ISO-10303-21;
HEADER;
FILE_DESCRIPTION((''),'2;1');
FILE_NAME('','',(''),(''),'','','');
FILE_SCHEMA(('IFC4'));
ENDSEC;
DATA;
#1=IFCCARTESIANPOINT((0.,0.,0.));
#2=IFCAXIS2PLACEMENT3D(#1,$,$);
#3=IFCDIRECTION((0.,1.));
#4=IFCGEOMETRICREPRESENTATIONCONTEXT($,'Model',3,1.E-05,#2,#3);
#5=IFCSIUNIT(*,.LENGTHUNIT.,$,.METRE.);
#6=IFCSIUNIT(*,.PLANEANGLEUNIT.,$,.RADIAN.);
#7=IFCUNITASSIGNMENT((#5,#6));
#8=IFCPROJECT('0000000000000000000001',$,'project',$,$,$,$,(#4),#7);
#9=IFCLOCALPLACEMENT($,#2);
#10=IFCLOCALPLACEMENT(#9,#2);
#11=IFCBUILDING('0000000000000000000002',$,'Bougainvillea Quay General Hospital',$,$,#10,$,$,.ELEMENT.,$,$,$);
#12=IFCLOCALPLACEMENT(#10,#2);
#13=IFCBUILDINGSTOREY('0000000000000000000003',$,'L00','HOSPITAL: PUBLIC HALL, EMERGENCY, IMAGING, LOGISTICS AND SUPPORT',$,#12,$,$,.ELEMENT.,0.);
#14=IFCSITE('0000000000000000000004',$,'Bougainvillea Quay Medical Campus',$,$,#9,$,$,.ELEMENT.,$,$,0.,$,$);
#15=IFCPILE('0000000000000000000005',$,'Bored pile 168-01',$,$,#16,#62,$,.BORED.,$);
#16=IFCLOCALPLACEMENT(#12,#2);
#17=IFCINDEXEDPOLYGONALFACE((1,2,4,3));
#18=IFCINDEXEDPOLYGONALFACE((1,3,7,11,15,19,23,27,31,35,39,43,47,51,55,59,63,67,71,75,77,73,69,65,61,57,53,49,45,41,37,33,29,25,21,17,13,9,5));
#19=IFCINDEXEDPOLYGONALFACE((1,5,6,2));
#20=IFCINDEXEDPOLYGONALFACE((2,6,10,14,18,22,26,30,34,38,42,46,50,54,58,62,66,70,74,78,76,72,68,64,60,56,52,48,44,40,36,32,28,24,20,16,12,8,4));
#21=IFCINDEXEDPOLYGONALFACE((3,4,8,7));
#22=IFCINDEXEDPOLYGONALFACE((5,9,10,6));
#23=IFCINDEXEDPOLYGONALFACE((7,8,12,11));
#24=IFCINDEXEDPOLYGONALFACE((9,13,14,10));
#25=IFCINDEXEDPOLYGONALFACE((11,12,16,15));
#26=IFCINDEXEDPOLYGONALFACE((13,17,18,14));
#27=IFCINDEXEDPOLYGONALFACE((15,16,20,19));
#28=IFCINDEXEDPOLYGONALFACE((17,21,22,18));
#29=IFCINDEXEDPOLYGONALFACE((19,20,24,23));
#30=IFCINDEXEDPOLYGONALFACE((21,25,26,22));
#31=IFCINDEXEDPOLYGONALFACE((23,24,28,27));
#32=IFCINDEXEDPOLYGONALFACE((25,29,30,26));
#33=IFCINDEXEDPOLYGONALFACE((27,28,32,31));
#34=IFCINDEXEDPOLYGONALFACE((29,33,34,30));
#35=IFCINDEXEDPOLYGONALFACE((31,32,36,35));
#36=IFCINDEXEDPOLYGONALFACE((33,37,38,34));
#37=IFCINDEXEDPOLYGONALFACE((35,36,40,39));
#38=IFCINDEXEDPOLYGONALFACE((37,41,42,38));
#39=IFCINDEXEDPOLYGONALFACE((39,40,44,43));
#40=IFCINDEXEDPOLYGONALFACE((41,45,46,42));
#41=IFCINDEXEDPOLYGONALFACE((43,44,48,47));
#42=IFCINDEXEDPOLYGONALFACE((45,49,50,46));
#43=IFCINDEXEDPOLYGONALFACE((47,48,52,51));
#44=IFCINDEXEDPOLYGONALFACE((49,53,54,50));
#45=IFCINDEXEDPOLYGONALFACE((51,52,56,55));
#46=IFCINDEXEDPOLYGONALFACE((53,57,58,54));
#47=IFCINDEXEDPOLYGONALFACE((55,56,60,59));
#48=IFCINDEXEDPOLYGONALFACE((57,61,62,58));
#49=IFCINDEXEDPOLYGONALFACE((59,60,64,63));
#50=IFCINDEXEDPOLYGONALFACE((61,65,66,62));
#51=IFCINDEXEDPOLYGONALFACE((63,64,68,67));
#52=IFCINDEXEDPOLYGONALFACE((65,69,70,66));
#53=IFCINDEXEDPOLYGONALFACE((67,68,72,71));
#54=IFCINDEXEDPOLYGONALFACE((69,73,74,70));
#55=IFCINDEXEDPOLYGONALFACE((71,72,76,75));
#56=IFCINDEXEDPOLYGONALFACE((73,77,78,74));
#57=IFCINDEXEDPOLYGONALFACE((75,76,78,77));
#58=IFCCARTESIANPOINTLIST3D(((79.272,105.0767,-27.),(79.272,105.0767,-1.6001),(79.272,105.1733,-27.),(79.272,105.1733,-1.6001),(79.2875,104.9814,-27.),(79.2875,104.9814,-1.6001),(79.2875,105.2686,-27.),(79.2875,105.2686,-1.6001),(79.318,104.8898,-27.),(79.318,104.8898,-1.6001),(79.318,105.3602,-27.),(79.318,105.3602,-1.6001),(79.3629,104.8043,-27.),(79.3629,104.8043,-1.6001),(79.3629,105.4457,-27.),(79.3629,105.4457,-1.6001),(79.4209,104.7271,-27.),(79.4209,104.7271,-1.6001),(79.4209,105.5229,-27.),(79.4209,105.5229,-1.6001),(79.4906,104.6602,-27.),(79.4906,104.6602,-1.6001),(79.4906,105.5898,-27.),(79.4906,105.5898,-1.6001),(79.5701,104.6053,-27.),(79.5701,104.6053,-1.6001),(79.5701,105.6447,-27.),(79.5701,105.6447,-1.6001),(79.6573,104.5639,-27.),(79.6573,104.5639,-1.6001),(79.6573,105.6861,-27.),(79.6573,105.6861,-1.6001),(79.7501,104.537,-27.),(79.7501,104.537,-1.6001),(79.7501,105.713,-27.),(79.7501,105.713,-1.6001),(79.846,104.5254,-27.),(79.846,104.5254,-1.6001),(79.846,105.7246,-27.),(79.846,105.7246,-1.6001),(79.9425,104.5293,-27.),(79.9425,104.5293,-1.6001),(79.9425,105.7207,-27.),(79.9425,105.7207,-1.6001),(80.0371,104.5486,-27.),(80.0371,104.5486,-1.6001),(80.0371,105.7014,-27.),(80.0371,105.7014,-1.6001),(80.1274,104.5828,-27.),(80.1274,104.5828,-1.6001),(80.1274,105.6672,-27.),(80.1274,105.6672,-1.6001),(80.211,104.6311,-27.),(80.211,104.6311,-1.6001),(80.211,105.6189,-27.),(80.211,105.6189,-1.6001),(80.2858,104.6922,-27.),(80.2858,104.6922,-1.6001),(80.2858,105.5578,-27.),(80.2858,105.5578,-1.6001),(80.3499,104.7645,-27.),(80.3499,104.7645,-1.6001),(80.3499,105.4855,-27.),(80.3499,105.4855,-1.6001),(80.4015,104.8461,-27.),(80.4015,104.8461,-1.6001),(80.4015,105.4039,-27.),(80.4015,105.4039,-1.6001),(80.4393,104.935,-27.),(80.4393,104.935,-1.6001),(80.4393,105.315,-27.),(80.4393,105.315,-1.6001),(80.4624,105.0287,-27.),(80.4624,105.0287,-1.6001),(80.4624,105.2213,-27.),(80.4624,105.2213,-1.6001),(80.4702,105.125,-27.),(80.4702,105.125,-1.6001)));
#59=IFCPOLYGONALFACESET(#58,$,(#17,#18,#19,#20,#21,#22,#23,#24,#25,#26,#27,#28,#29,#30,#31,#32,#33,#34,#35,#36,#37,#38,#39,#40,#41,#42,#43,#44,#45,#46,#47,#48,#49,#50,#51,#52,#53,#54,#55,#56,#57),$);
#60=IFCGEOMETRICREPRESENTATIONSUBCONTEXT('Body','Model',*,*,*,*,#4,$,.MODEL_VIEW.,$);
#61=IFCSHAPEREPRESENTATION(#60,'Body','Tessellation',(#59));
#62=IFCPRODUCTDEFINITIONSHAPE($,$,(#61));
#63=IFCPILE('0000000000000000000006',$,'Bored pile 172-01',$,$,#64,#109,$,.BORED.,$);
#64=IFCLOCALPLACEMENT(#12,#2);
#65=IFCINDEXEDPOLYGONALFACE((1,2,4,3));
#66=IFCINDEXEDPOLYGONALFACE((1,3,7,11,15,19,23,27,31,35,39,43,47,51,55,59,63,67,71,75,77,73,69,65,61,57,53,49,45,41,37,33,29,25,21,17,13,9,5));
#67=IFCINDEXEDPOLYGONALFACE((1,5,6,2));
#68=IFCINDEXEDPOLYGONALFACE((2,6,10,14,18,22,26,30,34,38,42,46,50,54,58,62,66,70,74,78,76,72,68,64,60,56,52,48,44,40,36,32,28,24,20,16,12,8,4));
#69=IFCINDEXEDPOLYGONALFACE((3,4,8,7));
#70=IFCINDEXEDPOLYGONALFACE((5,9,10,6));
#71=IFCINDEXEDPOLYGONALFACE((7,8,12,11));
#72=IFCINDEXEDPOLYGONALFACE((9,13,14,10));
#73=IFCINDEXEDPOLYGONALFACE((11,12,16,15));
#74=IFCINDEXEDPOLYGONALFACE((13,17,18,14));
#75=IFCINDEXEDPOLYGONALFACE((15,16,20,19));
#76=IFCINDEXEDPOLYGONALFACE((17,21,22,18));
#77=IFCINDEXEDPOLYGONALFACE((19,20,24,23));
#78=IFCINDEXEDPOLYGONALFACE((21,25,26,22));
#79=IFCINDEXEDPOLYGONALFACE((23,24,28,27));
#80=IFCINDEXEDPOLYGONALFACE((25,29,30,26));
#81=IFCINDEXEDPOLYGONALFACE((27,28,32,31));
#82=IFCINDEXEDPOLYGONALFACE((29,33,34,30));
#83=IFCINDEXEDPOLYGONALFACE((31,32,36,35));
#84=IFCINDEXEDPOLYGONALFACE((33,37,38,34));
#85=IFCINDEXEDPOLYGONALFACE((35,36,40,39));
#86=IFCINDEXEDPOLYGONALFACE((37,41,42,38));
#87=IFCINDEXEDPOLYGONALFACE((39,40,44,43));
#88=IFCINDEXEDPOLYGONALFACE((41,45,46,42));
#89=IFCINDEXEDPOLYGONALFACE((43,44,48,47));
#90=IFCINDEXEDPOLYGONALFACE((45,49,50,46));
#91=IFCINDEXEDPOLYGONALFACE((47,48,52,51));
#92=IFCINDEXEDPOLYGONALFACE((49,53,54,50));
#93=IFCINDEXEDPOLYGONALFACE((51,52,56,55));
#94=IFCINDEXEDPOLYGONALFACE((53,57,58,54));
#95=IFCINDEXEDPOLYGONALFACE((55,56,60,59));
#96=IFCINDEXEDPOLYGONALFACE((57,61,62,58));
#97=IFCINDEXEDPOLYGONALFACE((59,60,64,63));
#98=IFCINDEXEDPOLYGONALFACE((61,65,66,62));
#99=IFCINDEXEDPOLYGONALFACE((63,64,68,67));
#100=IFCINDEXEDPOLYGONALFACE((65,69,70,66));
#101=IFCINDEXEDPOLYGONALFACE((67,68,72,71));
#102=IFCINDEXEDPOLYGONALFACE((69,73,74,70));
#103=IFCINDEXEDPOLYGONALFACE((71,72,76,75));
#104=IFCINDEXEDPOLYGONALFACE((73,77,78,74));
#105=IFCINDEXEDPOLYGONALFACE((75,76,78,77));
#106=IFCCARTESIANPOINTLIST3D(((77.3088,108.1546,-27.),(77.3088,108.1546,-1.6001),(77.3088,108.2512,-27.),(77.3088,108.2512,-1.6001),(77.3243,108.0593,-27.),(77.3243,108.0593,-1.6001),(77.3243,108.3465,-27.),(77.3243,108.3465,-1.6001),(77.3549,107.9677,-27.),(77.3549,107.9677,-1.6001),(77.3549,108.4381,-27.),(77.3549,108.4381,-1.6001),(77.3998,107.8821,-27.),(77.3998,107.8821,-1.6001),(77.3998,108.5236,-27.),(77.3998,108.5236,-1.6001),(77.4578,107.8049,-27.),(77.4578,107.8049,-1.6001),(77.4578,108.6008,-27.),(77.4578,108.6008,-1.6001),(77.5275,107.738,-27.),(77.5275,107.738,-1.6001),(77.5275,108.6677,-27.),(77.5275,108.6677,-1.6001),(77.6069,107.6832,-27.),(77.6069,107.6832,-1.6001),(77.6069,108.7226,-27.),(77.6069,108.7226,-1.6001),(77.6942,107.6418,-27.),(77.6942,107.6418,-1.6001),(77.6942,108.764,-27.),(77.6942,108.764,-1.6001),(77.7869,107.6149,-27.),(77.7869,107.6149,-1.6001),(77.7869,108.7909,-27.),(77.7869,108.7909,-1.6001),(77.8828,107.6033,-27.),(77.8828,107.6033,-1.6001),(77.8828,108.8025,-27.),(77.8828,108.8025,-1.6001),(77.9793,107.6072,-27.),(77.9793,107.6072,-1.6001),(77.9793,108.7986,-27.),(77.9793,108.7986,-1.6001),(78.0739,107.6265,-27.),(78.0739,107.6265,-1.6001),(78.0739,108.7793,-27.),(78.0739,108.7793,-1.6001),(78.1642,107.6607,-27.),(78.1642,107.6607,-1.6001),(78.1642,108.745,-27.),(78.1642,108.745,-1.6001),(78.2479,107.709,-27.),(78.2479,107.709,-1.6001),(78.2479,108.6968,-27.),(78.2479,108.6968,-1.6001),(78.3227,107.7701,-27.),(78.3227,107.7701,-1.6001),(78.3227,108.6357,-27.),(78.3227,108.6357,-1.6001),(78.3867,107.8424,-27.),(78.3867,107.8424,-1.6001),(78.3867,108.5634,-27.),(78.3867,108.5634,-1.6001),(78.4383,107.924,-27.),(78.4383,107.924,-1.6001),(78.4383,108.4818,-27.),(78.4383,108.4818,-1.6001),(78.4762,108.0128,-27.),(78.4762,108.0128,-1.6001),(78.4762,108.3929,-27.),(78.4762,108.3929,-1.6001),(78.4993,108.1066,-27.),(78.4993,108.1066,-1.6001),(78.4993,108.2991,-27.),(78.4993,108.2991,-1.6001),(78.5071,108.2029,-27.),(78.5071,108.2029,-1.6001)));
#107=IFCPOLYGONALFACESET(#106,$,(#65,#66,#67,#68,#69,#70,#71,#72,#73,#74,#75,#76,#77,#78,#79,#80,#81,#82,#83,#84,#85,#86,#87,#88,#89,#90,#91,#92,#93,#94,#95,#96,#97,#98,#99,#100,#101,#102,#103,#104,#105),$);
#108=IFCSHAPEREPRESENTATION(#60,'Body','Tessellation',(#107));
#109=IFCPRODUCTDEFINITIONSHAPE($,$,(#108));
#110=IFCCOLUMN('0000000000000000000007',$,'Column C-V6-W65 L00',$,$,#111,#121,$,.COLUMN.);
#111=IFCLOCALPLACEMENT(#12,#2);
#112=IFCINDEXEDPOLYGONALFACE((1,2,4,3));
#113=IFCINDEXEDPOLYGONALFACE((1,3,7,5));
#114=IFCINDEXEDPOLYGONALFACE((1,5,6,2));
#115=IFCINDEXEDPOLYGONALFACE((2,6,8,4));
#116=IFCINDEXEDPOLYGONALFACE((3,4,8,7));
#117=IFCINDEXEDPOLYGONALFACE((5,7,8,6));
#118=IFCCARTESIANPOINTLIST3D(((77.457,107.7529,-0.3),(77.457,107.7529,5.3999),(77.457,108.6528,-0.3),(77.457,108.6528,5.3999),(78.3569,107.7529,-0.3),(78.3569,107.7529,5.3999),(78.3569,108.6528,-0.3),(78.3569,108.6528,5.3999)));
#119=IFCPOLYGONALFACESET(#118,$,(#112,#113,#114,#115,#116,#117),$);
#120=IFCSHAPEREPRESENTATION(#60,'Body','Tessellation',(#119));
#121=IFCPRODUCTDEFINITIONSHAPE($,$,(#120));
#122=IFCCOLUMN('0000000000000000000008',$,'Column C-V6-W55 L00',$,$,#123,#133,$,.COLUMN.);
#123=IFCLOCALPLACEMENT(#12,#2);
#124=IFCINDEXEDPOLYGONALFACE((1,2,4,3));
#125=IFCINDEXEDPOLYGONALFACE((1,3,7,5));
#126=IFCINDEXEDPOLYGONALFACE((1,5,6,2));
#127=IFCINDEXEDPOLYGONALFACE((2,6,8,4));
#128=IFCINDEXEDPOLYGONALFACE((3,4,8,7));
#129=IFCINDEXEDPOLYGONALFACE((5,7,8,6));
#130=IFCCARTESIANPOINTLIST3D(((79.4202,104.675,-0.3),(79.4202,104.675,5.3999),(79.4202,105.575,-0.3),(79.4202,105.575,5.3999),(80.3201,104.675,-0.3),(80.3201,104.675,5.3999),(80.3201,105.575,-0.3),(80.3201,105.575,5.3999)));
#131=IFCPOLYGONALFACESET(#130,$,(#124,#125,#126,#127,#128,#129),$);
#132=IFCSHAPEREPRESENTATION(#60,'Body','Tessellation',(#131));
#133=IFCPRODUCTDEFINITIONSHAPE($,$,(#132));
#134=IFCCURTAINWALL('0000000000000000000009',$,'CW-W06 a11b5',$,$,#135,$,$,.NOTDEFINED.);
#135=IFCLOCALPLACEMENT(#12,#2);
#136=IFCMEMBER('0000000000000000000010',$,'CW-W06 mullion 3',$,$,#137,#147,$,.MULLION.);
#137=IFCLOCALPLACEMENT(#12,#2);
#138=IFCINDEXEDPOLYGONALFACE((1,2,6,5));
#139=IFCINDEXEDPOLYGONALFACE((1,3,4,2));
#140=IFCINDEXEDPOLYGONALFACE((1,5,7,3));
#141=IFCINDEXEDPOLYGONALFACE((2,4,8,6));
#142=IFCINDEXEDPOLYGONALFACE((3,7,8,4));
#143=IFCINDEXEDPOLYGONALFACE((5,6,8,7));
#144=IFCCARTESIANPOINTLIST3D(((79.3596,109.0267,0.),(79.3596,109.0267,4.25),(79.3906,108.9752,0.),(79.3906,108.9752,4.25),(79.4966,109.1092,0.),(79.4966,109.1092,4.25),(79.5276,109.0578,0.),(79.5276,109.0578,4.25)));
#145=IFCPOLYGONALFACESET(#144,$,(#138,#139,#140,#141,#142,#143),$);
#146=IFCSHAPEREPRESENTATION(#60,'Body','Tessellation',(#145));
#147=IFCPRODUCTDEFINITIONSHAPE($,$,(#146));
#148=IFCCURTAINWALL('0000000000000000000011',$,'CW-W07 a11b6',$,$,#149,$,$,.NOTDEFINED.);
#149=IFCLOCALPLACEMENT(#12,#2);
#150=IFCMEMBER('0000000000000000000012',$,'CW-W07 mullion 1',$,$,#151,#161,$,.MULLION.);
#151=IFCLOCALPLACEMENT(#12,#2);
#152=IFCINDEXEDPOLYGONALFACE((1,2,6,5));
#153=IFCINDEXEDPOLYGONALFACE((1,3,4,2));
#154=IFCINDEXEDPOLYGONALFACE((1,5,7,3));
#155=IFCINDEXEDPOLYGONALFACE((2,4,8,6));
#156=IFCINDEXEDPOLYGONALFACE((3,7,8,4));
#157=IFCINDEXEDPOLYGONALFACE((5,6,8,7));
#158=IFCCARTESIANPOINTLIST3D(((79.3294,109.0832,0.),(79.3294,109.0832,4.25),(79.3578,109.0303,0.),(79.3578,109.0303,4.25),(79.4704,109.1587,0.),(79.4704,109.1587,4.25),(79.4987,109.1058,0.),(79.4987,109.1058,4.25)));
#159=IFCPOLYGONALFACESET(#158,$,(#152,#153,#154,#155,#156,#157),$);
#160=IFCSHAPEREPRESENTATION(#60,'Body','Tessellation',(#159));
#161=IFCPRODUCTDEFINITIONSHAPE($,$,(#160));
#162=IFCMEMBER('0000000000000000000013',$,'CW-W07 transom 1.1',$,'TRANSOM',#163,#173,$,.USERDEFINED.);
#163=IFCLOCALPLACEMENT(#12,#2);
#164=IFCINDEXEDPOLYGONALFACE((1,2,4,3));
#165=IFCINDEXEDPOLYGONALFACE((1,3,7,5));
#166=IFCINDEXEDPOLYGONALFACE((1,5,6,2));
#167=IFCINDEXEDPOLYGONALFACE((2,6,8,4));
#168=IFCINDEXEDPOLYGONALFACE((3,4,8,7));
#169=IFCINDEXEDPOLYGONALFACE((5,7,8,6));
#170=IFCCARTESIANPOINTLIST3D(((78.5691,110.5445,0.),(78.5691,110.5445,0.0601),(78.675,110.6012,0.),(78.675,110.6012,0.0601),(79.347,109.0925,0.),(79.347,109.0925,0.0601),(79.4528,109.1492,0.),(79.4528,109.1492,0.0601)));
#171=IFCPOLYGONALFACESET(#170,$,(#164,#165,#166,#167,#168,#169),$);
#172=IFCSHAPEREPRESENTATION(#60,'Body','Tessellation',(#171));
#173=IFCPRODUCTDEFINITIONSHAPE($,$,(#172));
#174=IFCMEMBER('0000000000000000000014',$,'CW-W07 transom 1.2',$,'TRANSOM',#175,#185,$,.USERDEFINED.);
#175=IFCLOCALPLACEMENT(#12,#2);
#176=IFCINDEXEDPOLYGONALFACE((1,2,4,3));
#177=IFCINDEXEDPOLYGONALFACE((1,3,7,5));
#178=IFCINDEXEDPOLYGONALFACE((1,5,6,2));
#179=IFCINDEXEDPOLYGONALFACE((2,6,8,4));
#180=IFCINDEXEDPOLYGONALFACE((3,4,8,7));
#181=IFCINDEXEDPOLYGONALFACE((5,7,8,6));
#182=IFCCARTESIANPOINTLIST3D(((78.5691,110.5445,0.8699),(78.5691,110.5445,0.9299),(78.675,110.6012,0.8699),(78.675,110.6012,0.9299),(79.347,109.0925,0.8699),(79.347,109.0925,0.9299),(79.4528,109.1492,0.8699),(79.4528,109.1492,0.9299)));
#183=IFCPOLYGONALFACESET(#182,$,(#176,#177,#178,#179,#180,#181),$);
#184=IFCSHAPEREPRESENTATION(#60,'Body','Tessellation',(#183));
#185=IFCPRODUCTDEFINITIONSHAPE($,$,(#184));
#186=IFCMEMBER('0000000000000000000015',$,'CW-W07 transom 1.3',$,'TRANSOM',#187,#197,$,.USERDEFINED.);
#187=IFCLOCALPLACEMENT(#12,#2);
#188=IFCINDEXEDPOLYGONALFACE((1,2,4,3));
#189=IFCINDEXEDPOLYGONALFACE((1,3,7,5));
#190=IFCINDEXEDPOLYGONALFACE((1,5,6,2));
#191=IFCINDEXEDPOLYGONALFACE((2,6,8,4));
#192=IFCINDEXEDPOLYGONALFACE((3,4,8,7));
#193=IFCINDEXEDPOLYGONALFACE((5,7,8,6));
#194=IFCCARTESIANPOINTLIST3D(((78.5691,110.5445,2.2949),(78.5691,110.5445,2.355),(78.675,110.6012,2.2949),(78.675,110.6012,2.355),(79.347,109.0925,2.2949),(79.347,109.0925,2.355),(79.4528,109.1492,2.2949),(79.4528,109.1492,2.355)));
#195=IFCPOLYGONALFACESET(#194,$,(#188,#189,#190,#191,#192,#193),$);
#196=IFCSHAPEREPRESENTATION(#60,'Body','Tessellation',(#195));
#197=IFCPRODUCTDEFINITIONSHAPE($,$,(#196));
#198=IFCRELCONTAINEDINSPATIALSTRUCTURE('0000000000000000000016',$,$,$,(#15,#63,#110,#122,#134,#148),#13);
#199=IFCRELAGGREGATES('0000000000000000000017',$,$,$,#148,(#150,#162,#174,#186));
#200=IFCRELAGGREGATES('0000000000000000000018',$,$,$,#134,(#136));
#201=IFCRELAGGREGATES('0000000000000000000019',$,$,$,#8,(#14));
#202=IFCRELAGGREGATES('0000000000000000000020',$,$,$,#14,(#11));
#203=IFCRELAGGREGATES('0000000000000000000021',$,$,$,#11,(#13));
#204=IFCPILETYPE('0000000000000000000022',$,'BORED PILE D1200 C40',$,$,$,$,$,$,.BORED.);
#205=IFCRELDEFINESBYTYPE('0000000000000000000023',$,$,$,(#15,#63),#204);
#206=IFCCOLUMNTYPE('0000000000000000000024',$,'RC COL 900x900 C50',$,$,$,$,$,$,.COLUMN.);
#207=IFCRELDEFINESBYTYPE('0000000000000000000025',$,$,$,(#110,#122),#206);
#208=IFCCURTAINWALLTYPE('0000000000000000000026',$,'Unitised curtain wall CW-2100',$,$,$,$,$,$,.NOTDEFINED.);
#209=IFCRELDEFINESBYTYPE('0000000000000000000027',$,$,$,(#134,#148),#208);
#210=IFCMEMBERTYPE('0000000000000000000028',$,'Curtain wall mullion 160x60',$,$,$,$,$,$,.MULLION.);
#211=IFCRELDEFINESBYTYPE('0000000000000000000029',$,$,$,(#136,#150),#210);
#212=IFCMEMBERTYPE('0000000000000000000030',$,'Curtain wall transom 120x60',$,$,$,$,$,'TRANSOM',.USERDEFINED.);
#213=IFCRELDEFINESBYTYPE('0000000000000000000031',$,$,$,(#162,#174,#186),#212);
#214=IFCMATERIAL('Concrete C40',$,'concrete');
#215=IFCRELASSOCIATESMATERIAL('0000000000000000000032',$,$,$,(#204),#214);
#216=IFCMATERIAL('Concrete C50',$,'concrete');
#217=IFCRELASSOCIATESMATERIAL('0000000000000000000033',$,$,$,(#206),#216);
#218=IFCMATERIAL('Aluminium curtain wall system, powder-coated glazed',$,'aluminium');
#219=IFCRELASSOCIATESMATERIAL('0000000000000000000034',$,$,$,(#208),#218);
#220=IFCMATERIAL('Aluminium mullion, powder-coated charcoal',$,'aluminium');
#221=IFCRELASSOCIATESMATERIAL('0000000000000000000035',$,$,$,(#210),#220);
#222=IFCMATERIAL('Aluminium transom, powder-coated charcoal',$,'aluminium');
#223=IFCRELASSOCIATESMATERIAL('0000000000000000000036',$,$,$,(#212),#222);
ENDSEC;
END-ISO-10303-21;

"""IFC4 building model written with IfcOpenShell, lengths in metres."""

from ifc_helpers import new_model, si_unit, direction, frame, origin, origin_2d, place, context, subcontext, project, spatial, rectangle, circle, extrude, material, material_profile, profile_set, type_object, element, aggregate, save


model = new_model("IFC4")

# Units and contexts
model_context = context("Model", 3, precision=1e-05, world=origin(), true_north=direction((0.0, 1.0)))
body_context = subcontext(model_context, "Body", "Model", "MODEL_VIEW")
ifc_project = project(units=[si_unit("LENGTHUNIT", "METRE"), si_unit("PLANEANGLEUNIT", "RADIAN")], contexts=[model_context])

# Site, building, storey
site_placement = place(None, origin())
site = spatial("IfcSite", under=ifc_project, at=site_placement, Name="Bougainvillea Quay Medical Campus", CompositionType="ELEMENT", RefElevation=0.0)
building_placement = place(site_placement, origin())
building = spatial("IfcBuilding", under=site, at=building_placement, Name="Bougainvillea Quay General Hospital", CompositionType="ELEMENT")
storey_placement = place(building_placement, origin())
storey = spatial("IfcBuildingStorey", under=building, at=storey_placement, Name="L00", Description="HOSPITAL: PUBLIC HALL, EMERGENCY, IMAGING, LOGISTICS AND SUPPORT", CompositionType="ELEMENT", Elevation=0.0)

# Piles
ifc_material_1 = material(Name="Concrete C40", Category="concrete")
ifc_material_profile_1 = material_profile(ifc_material_1, circle(Radius=0.6001, at=origin_2d()))
ifc_profile_set_1 = profile_set([ifc_material_profile_1], Name="Concrete C40")
pile_type = type_object("IfcPileType", Name="BORED PILE D1200 C40", PredefinedType="BORED", material=ifc_profile_set_1)
for number, where, z_axis, x_axis, name in (
    (1, (79.8701, 105.125, -1.6001), (0.0, 0.0, -1.0), (1.0, 0.0, 0.0), "Bored pile 168-01"),
    (2, (77.907, 108.2029, -1.6001), (0.0, 0.0, -1.0), (1.0, 0.0, 0.0), "Bored pile 172-01"),
):
    element("IfcPile", number, at=place(storey_placement, frame(where, z_axis=z_axis, x_axis=x_axis)), inside=storey, type_object=pile_type, Name=name, PredefinedType="BORED", context=body_context, shape_type="SweptSolid", body=[
        extrude(circle(Radius=0.6001, at=origin_2d()), origin(), (0.0, 0.0, 1.0), 25.3999),
    ])

# Columns
ifc_material_2 = material(Name="Concrete C50", Category="concrete")
ifc_material_profile_2 = material_profile(ifc_material_2, rectangle(XDim=0.8999, YDim=0.8999, at=origin_2d()))
ifc_profile_set_2 = profile_set([ifc_material_profile_2], Name="Concrete C50")
column_type = type_object("IfcColumnType", Name="RC COL 900x900 C50", PredefinedType="COLUMN", material=ifc_profile_set_2)
for number, where, z_axis, x_axis, name in (
    (3, (77.907, 108.2029, -0.3), (0.0, 0.0, 1.0), (1.0, 0.0, 0.0), "Column C-V6-W65 L00"),
    (4, (79.8701, 105.125, -0.3), (0.0, 0.0, 1.0), (1.0, 0.0, 0.0), "Column C-V6-W55 L00"),
):
    element("IfcColumn", number, at=place(storey_placement, frame(where, z_axis=z_axis, x_axis=x_axis)), inside=storey, type_object=column_type, Name=name, PredefinedType="COLUMN", context=body_context, shape_type="SweptSolid", body=[
        extrude(rectangle(XDim=0.8999, YDim=0.8999, at=origin_2d()), origin(), (0.0, 0.0, 1.0), 5.7),
    ])

# Curtain wall, member
ifc_material_3 = material(Name="Aluminium curtain wall system, powder-coated glazed", Category="aluminium")
curtain_wall_type = type_object("IfcCurtainWallType", Name="Unitised curtain wall CW-2100", PredefinedType="NOTDEFINED", material=ifc_material_3)
curtain_wall_1_placement = place(storey_placement, origin())
curtain_wall_1 = element("IfcCurtainWall", 5, at=curtain_wall_1_placement, inside=storey, type_object=curtain_wall_type, Name="CW-W06 a11b5", PredefinedType="NOTDEFINED")
ifc_material_4 = material(Name="Aluminium mullion, powder-coated charcoal", Category="aluminium")
ifc_material_profile_3 = material_profile(ifc_material_4, rectangle(XDim=0.1599, YDim=0.0601, at=origin_2d()))
ifc_profile_set_3 = profile_set([ifc_material_profile_3], Name="Aluminium mullion, powder-coated charcoal")
member_type_1 = type_object("IfcMemberType", Name="Curtain wall mullion 160x60", PredefinedType="MULLION", material=ifc_profile_set_3)
member_1_placement = place(storey_placement, frame((79.4436, 109.0422, 0.0), z_axis=(0.0, 0.0, 1.0), x_axis=(-0.856438, -0.516249, 0.0)))
member_1 = element("IfcMember", 6, at=member_1_placement, type_object=member_type_1, Name="CW-W06 mullion 3", PredefinedType="MULLION", context=body_context, shape_type="SweptSolid", body=[
    extrude(rectangle(XDim=0.1599, YDim=0.0601, at=origin_2d()), origin(), (0.0, 0.0, 1.0), 4.25),
])

# Curtain wall, members
curtain_wall_2_placement = place(storey_placement, origin())
curtain_wall_2 = element("IfcCurtainWall", 7, at=curtain_wall_2_placement, inside=storey, type_object=curtain_wall_type, Name="CW-W07 a11b6", PredefinedType="NOTDEFINED")
member_2_placement = place(storey_placement, frame((79.4141, 109.0945, 0.0), z_axis=(0.0, 0.0, 1.0), x_axis=(-0.88151, -0.472166, 0.0)))
member_2 = element("IfcMember", 8, at=member_2_placement, type_object=member_type_1, Name="CW-W07 mullion 1", PredefinedType="MULLION", context=body_context, shape_type="SweptSolid", body=[
    extrude(rectangle(XDim=0.1599, YDim=0.0601, at=origin_2d()), origin(), (0.0, 0.0, 1.0), 4.25),
])
ifc_material_5 = material(Name="Aluminium transom, powder-coated charcoal", Category="aluminium")
ifc_material_profile_4 = material_profile(ifc_material_5, rectangle(XDim=0.1201, YDim=0.0601, at=origin_2d()))
ifc_profile_set_4 = profile_set([ifc_material_profile_4], Name="Aluminium transom, powder-coated charcoal")
member_type_2 = type_object("IfcMemberType", Name="Curtain wall transom 120x60", ElementType="TRANSOM", PredefinedType="USERDEFINED", material=ifc_profile_set_4)
member_3_placement = place(storey_placement, frame((79.3999, 109.1208, 0.03), z_axis=(-0.472234, 0.881473, 0.0), x_axis=(-0.881473, -0.472234, 0.0)))
member_3 = element("IfcMember", 9, at=member_3_placement, type_object=member_type_2, Name="CW-W07 transom 1.1", ObjectType="TRANSOM", PredefinedType="USERDEFINED", context=body_context, shape_type="SweptSolid", body=[
    extrude(rectangle(XDim=0.1201, YDim=0.0601, at=origin_2d()), origin(), (0.0, 0.0, 1.0), 1.6472),
])
member_4_placement = place(storey_placement, frame((79.3999, 109.1208, 0.8999), z_axis=(-0.472234, 0.881473, 0.0), x_axis=(-0.881473, -0.472234, 0.0)))
member_4 = element("IfcMember", 10, at=member_4_placement, type_object=member_type_2, Name="CW-W07 transom 1.2", ObjectType="TRANSOM", PredefinedType="USERDEFINED", context=body_context, shape_type="SweptSolid", body=[
    extrude(rectangle(XDim=0.1201, YDim=0.0601, at=origin_2d()), origin(), (0.0, 0.0, 1.0), 1.6472),
])
member_5_placement = place(storey_placement, frame((79.3999, 109.1208, 2.325), z_axis=(-0.472234, 0.881473, 0.0), x_axis=(-0.881473, -0.472234, 0.0)))
member_5 = element("IfcMember", 11, at=member_5_placement, type_object=member_type_2, Name="CW-W07 transom 1.3", ObjectType="TRANSOM", PredefinedType="USERDEFINED", context=body_context, shape_type="SweptSolid", body=[
    extrude(rectangle(XDim=0.1201, YDim=0.0601, at=origin_2d()), origin(), (0.0, 0.0, 1.0), 1.6472),
])
aggregate(curtain_wall_2, [member_2, member_3, member_4, member_5])

aggregate(curtain_wall_1, [member_1])

save(model, "model.ifc")
